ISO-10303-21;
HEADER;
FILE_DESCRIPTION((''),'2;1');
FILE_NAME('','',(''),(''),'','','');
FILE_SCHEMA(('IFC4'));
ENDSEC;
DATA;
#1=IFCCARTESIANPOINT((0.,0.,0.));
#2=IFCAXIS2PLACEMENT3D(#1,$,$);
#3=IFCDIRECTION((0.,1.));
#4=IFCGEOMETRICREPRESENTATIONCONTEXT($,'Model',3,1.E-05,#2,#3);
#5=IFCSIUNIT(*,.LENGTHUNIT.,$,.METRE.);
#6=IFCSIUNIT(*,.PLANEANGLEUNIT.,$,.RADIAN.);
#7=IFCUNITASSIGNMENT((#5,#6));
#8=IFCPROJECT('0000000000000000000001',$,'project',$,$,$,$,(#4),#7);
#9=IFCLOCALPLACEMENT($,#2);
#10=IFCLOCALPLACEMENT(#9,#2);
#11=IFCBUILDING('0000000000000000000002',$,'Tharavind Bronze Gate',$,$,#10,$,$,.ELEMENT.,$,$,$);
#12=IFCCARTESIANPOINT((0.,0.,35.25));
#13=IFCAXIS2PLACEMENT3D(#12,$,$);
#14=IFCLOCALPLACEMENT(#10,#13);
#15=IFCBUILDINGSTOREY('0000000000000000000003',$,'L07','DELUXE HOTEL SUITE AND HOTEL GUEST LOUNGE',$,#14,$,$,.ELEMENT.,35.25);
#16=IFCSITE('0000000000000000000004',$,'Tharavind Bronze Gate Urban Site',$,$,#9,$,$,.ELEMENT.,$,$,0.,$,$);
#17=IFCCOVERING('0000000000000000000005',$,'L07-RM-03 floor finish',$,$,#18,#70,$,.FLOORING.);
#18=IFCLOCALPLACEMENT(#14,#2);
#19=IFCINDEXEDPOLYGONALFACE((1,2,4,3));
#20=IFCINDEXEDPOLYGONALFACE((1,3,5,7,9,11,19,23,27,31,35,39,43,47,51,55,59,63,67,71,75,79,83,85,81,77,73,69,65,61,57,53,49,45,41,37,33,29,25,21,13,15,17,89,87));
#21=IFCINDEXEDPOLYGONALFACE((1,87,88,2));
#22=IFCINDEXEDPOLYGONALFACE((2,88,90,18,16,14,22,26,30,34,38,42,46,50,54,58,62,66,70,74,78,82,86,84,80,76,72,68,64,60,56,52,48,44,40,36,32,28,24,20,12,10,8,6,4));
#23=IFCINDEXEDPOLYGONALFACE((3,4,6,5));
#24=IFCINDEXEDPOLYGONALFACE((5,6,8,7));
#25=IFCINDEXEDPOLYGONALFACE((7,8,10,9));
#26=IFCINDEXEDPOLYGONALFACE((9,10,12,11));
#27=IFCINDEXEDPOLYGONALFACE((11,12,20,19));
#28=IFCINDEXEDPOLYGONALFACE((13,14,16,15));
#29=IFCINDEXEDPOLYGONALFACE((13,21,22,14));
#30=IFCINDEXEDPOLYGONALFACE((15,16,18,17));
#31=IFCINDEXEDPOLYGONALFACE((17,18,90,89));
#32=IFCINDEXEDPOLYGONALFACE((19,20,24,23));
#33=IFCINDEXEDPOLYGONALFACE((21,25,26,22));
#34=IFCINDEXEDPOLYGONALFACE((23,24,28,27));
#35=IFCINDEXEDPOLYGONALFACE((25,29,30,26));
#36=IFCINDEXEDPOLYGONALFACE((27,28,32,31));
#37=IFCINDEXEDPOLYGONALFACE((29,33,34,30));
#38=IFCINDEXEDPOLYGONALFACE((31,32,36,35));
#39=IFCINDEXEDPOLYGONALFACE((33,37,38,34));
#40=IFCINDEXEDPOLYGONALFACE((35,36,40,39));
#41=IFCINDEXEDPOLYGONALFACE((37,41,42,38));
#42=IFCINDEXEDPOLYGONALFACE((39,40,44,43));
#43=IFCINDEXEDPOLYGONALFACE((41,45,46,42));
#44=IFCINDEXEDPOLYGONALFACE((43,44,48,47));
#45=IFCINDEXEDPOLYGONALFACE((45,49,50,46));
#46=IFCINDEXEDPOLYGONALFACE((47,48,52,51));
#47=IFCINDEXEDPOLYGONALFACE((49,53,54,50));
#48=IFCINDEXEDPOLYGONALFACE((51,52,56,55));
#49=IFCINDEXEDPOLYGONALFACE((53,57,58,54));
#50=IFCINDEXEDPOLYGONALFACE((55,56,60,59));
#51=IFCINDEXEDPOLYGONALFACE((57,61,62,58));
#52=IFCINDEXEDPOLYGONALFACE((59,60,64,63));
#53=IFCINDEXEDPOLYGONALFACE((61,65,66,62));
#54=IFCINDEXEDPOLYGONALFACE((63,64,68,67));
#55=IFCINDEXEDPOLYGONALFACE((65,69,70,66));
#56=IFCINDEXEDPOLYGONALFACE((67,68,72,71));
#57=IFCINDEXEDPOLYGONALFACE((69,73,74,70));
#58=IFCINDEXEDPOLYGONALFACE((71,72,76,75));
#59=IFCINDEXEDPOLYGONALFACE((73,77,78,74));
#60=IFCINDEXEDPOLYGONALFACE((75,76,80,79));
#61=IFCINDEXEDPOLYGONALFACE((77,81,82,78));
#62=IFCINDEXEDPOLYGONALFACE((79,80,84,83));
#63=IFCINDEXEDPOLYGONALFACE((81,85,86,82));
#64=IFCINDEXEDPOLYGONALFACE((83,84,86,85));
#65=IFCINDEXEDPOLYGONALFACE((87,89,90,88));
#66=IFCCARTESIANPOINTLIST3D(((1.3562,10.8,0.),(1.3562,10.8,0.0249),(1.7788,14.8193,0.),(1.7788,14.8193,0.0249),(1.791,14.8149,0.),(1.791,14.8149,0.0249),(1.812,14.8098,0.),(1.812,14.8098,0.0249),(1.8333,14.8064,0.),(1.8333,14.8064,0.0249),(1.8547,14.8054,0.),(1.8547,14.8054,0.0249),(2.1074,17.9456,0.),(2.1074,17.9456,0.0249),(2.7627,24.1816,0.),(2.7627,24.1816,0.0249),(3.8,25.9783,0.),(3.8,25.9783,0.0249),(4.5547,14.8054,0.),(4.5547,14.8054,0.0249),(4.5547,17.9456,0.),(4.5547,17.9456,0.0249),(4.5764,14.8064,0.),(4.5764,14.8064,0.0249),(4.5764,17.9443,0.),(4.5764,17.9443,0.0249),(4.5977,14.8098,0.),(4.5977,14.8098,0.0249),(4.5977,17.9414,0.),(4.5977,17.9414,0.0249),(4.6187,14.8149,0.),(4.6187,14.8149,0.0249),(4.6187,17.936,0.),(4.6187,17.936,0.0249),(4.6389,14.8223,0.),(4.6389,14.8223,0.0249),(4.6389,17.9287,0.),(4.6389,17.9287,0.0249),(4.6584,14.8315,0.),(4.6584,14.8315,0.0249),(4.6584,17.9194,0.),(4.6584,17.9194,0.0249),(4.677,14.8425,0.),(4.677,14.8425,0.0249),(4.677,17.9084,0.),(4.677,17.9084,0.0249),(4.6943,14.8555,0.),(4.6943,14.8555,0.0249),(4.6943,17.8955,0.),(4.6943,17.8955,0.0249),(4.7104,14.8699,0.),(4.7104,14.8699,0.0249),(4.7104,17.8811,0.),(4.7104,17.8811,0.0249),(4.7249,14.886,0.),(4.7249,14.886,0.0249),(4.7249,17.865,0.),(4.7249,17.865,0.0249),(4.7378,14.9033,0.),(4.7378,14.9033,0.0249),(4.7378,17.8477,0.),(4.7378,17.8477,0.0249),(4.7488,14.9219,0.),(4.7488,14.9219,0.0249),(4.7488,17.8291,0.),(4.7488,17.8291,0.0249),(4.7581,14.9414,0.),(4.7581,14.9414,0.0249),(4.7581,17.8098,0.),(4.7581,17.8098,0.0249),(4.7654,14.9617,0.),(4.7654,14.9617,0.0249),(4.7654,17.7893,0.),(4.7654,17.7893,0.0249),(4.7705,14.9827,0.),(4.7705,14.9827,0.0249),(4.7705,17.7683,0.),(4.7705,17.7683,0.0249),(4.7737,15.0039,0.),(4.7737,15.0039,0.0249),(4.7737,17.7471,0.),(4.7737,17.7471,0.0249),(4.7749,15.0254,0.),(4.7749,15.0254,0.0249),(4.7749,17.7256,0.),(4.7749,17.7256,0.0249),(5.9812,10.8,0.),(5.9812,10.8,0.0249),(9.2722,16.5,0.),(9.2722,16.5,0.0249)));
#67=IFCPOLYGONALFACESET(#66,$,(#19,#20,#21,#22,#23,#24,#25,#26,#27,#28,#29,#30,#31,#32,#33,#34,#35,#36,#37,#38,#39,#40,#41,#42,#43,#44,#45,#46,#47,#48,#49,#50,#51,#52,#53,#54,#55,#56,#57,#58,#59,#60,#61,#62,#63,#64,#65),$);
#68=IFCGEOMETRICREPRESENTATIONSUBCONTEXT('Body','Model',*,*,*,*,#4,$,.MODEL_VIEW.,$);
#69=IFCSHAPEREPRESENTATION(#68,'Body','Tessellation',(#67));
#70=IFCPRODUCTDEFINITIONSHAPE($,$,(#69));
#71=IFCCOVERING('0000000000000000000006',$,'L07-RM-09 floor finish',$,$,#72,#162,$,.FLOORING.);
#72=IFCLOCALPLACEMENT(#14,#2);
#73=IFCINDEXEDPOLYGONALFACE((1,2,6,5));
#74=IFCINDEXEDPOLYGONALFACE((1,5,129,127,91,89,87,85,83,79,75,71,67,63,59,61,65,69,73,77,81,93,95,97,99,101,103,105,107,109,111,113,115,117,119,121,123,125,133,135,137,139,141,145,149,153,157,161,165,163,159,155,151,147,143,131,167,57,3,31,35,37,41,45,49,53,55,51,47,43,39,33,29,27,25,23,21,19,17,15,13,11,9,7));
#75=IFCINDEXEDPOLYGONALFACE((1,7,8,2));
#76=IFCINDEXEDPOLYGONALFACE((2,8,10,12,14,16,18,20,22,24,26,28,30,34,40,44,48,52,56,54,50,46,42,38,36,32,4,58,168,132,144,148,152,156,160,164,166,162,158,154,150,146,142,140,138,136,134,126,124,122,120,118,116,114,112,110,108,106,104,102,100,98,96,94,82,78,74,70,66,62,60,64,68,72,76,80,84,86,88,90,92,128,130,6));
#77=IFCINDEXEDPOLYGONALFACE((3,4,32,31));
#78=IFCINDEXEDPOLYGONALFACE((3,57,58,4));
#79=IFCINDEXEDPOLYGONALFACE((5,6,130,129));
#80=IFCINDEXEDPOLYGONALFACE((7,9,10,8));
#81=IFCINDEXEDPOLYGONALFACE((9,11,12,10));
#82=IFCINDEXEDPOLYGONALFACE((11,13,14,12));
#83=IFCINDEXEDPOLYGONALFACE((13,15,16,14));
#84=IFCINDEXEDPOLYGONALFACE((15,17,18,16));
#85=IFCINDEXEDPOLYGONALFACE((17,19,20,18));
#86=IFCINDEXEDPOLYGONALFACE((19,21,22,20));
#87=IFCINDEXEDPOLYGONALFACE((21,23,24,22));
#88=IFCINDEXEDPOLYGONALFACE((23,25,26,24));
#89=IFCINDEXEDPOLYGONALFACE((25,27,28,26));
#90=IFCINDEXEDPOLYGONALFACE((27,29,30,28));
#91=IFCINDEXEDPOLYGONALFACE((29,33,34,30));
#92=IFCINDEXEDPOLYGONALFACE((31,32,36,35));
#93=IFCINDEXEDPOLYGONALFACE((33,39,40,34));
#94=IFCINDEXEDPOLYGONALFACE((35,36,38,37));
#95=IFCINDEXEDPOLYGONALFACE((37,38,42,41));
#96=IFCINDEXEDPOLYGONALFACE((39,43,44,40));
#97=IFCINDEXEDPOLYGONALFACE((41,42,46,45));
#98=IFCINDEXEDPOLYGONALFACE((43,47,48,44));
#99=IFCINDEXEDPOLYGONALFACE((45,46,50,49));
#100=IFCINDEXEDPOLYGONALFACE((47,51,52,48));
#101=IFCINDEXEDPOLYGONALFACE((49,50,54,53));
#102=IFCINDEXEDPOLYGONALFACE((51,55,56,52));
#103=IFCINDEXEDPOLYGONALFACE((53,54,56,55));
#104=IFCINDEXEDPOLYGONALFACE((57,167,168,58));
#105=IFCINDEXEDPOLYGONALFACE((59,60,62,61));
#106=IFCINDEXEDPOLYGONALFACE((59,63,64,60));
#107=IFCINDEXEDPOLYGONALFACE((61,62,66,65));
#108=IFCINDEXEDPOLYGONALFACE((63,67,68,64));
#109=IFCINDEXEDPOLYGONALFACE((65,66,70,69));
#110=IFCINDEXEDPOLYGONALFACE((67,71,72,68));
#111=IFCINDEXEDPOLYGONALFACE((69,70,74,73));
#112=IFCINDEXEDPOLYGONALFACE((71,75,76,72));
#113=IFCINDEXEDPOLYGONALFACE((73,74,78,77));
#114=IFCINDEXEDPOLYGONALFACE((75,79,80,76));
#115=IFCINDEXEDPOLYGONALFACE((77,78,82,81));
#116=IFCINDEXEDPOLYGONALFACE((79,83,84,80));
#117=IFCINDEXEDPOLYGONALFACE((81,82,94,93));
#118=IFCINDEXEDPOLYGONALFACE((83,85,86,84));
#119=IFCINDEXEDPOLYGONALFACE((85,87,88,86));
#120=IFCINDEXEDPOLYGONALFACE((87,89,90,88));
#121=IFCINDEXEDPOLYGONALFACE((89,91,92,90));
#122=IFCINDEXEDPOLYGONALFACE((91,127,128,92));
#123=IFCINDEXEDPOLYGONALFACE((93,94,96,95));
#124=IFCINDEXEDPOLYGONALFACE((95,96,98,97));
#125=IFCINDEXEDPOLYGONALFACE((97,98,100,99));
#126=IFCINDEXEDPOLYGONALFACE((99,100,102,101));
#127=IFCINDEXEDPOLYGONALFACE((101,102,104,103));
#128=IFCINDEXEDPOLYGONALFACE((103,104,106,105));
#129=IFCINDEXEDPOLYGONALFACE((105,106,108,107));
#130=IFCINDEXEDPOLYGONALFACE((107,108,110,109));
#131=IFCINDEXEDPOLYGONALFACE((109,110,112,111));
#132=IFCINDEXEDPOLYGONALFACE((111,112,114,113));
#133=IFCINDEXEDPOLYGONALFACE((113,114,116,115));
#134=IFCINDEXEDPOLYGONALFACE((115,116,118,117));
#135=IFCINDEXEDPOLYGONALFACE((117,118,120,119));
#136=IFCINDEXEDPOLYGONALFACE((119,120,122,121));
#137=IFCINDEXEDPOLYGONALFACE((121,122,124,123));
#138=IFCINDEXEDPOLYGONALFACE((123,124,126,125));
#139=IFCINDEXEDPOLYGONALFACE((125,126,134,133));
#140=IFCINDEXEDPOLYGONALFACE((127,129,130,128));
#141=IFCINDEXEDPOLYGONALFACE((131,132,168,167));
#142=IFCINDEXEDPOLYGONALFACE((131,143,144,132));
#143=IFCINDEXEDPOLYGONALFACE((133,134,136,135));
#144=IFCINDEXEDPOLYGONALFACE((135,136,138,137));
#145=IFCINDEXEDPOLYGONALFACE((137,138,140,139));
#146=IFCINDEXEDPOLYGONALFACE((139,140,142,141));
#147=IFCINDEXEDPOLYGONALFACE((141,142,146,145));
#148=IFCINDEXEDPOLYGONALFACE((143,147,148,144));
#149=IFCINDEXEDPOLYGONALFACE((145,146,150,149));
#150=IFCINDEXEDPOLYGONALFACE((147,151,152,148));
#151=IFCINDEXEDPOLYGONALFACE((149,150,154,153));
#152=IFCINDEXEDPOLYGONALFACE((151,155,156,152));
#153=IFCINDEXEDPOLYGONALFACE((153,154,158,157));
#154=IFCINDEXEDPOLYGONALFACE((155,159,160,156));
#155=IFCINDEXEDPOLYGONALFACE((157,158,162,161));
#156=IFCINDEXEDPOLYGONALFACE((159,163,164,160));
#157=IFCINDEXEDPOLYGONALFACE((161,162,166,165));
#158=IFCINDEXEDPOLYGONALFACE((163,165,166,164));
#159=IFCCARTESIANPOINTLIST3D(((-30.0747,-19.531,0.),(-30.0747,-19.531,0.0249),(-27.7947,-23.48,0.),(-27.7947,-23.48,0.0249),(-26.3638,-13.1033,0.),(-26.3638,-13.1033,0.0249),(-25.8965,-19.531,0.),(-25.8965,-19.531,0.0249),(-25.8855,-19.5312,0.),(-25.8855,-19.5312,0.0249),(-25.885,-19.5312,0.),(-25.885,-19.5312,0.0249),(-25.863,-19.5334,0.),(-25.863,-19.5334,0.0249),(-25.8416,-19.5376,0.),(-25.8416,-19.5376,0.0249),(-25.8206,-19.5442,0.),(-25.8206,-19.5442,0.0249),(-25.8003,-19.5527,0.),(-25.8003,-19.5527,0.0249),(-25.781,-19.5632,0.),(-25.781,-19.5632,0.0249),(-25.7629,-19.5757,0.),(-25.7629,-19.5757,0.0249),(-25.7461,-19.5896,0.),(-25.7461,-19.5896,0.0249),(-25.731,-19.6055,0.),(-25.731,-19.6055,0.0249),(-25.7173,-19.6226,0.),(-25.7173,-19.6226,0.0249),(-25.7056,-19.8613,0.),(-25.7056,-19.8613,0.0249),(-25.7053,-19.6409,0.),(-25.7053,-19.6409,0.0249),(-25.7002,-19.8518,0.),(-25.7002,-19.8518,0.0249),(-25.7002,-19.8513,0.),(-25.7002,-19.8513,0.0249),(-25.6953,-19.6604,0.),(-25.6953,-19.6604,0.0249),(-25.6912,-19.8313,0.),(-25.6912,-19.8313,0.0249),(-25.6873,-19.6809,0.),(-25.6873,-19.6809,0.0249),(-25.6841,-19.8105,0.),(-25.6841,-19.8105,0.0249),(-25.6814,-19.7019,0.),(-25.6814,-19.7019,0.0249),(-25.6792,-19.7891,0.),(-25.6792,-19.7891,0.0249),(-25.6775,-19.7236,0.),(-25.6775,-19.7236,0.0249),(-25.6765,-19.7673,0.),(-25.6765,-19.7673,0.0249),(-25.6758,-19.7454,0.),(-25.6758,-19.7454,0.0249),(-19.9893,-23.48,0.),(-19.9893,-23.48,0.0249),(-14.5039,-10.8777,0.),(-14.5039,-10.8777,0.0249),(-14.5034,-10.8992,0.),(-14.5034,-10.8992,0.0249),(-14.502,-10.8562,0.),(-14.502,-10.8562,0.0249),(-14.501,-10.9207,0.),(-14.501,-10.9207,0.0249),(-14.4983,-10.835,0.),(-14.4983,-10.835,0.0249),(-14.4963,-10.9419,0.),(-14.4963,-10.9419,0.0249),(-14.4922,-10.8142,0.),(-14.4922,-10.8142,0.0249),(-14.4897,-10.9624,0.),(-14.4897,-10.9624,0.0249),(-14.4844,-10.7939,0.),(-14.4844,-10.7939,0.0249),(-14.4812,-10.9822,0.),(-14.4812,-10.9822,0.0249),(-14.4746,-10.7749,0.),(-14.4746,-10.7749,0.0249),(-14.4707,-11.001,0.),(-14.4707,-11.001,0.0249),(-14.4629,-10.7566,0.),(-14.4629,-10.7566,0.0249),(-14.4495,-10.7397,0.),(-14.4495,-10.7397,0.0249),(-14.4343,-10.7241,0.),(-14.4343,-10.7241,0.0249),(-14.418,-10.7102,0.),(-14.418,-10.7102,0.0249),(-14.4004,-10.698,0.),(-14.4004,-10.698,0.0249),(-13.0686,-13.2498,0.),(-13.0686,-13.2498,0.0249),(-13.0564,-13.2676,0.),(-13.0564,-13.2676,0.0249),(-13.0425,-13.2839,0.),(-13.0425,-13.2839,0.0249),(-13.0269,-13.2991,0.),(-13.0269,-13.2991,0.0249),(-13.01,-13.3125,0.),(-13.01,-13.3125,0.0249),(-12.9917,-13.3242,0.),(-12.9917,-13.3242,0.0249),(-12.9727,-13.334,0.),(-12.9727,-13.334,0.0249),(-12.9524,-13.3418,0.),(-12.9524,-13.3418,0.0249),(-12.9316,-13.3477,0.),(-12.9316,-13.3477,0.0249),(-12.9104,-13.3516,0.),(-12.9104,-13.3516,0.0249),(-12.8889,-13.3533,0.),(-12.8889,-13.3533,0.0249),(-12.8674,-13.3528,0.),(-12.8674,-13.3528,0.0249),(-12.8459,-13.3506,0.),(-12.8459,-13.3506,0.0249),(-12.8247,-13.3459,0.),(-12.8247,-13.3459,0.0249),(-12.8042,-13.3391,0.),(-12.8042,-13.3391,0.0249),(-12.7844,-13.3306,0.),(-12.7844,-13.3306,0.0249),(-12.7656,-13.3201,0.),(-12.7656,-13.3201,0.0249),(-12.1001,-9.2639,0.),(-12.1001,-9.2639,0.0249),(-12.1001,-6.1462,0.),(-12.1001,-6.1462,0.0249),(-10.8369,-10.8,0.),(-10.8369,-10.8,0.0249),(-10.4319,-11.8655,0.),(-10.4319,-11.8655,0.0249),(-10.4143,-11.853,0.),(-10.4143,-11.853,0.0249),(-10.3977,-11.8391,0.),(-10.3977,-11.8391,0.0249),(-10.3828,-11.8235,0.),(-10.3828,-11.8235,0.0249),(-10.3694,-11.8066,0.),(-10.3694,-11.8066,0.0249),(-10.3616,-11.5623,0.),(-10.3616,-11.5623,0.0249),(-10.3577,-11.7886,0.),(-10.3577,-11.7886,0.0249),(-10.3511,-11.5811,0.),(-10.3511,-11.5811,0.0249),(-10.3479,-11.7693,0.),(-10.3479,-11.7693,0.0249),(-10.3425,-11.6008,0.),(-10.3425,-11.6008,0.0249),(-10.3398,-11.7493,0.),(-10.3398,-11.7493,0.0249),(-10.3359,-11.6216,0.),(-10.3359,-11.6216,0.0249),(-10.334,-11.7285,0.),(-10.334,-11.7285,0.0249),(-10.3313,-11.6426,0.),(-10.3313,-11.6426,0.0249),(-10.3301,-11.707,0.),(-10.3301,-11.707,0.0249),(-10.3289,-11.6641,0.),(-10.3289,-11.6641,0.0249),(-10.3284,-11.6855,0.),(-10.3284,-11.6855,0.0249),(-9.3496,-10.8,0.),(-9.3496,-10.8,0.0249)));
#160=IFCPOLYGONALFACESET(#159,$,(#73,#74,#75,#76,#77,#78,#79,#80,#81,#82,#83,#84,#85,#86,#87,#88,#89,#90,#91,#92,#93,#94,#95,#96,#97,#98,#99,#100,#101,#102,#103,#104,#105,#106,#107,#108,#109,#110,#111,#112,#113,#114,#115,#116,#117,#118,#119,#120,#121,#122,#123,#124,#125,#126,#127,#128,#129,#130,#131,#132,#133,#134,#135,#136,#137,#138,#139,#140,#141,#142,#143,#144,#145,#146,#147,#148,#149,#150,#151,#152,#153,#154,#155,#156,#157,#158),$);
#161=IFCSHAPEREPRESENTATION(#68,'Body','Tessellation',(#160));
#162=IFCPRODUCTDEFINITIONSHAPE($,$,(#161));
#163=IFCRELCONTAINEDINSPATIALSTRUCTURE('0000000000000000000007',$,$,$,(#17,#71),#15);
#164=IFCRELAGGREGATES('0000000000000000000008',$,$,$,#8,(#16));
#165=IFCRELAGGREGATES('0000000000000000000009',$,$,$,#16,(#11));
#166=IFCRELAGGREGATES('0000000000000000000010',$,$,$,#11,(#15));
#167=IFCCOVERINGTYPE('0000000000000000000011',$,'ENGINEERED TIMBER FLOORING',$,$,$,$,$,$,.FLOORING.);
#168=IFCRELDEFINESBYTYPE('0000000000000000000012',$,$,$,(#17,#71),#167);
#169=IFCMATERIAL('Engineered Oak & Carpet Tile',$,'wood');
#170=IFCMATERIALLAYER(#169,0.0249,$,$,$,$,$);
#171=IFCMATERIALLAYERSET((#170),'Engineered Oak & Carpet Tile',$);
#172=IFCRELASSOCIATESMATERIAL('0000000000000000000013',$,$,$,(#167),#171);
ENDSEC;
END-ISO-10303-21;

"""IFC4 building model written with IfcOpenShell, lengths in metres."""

from ifc_helpers import new_model, si_unit, direction, frame, origin, place, context, subcontext, project, spatial, polyline, outline, extrude, material, layer, layer_set, type_object, element, save


model = new_model("IFC4")

# Units and contexts
model_context = context("Model", 3, precision=1e-05, world=origin(), true_north=direction((0.0, 1.0)))
body_context = subcontext(model_context, "Body", "Model", "MODEL_VIEW")
ifc_project = project(units=[si_unit("LENGTHUNIT", "METRE"), si_unit("PLANEANGLEUNIT", "RADIAN")], contexts=[model_context])

# Site, building, storey
site_placement = place(None, origin())
site = spatial("IfcSite", under=ifc_project, at=site_placement, Name="Tharavind Bronze Gate Urban Site", CompositionType="ELEMENT", RefElevation=0.0)
building_placement = place(site_placement, origin())
building = spatial("IfcBuilding", under=site, at=building_placement, Name="Tharavind Bronze Gate", CompositionType="ELEMENT")
storey_placement = place(building_placement, frame((0.0, 0.0, 35.25)))
storey = spatial("IfcBuildingStorey", under=building, at=storey_placement, Name="L07", Description="DELUXE HOTEL SUITE AND HOTEL GUEST LOUNGE", CompositionType="ELEMENT", Elevation=35.25)

# Coverings
ifc_material_1 = material(Name="Engineered Oak & Carpet Tile", Category="wood")
ifc_layer_1 = layer(ifc_material_1, 0.0249)
ifc_layer_set_1 = layer_set([ifc_layer_1], Name="Engineered Oak & Carpet Tile")
covering_type_1 = type_object("IfcCoveringType", Name="ENGINEERED TIMBER FLOORING", PredefinedType="FLOORING", material=ifc_layer_set_1)
covering_1_placement = place(storey_placement, origin())
element("IfcCovering", 1, at=covering_1_placement, inside=storey, type_object=covering_type_1, Name="L07-RM-03 floor finish", PredefinedType="FLOORING", context=body_context, shape_type="SweptSolid", body=[
    extrude(outline(polyline([(5.9812, 10.8), (9.2722, 16.5), (3.8, 25.9783), (2.7627, 24.1816), (2.1074, 17.9456), (4.5547, 17.9456), (4.5764, 17.9443), (4.5977, 17.9414), (4.6187, 17.936), (4.6389, 17.9287), (4.6584, 17.9194), (4.677, 17.9084), (4.6943, 17.8955), (4.7104, 17.8811), (4.7249, 17.865), (4.7378, 17.8477), (4.7488, 17.8291), (4.7581, 17.8098), (4.7654, 17.7893), (4.7705, 17.7683), (4.7737, 17.7471), (4.7749, 17.7256), (4.7749, 15.0254), (4.7737, 15.0039), (4.7705, 14.9827), (4.7654, 14.9617), (4.7581, 14.9414), (4.7488, 14.9219), (4.7378, 14.9033), (4.7249, 14.886), (4.7104, 14.8699), (4.6943, 14.8555), (4.677, 14.8425), (4.6584, 14.8315), (4.6389, 14.8223), (4.6187, 14.8149), (4.5977, 14.8098), (4.5764, 14.8064), (4.5547, 14.8054), (1.8547, 14.8054), (1.8333, 14.8064), (1.812, 14.8098), (1.791, 14.8149), (1.7788, 14.8193), (1.3562, 10.8), (5.9812, 10.8)])), origin(), (0.0, 0.0, 1.0), 0.0249),
])
covering_2_placement = place(storey_placement, origin())
element("IfcCovering", 2, at=covering_2_placement, inside=storey, type_object=covering_type_1, Name="L07-RM-09 floor finish", PredefinedType="FLOORING", context=body_context, shape_type="SweptSolid", body=[
    extrude(outline(polyline([(-25.8965, -19.531), (-25.8855, -19.5312), (-25.885, -19.5312), (-25.863, -19.5334), (-25.8416, -19.5376), (-25.8206, -19.5442), (-25.8003, -19.5527), (-25.781, -19.5632), (-25.7629, -19.5757), (-25.7461, -19.5896), (-25.731, -19.6055), (-25.7173, -19.6226), (-25.7053, -19.6409), (-25.6953, -19.6604), (-25.6873, -19.6809), (-25.6814, -19.7019), (-25.6775, -19.7236), (-25.6758, -19.7454), (-25.6765, -19.7673), (-25.6792, -19.7891), (-25.6841, -19.8105), (-25.6912, -19.8313), (-25.7002, -19.8513), (-25.7002, -19.8518), (-25.7056, -19.8613), (-27.7947, -23.48), (-19.9893, -23.48), (-9.3496, -10.8), (-10.8369, -10.8), (-10.3616, -11.5623), (-10.3511, -11.5811), (-10.3425, -11.6008), (-10.3359, -11.6216), (-10.3313, -11.6426), (-10.3289, -11.6641), (-10.3284, -11.6855), (-10.3301, -11.707), (-10.334, -11.7285), (-10.3398, -11.7493), (-10.3479, -11.7693), (-10.3577, -11.7886), (-10.3694, -11.8066), (-10.3828, -11.8235), (-10.3977, -11.8391), (-10.4143, -11.853), (-10.4319, -11.8655), (-12.7656, -13.3201), (-12.7844, -13.3306), (-12.8042, -13.3391), (-12.8247, -13.3459), (-12.8459, -13.3506), (-12.8674, -13.3528), (-12.8889, -13.3533), (-12.9104, -13.3516), (-12.9316, -13.3477), (-12.9524, -13.3418), (-12.9727, -13.334), (-12.9917, -13.3242), (-13.01, -13.3125), (-13.0269, -13.2991), (-13.0425, -13.2839), (-13.0564, -13.2676), (-13.0686, -13.2498), (-14.4707, -11.001), (-14.4812, -10.9822), (-14.4897, -10.9624), (-14.4963, -10.9419), (-14.501, -10.9207), (-14.5034, -10.8992), (-14.5039, -10.8777), (-14.502, -10.8562), (-14.4983, -10.835), (-14.4922, -10.8142), (-14.4844, -10.7939), (-14.4746, -10.7749), (-14.4629, -10.7566), (-14.4495, -10.7397), (-14.4343, -10.7241), (-14.418, -10.7102), (-14.4004, -10.698), (-12.1001, -9.2639), (-12.1001, -6.1462), (-26.3638, -13.1033), (-30.0747, -19.531), (-25.8965, -19.531)])), origin(), (0.0, 0.0, 1.0), 0.0249),
])

save(model, "model.ifc")
